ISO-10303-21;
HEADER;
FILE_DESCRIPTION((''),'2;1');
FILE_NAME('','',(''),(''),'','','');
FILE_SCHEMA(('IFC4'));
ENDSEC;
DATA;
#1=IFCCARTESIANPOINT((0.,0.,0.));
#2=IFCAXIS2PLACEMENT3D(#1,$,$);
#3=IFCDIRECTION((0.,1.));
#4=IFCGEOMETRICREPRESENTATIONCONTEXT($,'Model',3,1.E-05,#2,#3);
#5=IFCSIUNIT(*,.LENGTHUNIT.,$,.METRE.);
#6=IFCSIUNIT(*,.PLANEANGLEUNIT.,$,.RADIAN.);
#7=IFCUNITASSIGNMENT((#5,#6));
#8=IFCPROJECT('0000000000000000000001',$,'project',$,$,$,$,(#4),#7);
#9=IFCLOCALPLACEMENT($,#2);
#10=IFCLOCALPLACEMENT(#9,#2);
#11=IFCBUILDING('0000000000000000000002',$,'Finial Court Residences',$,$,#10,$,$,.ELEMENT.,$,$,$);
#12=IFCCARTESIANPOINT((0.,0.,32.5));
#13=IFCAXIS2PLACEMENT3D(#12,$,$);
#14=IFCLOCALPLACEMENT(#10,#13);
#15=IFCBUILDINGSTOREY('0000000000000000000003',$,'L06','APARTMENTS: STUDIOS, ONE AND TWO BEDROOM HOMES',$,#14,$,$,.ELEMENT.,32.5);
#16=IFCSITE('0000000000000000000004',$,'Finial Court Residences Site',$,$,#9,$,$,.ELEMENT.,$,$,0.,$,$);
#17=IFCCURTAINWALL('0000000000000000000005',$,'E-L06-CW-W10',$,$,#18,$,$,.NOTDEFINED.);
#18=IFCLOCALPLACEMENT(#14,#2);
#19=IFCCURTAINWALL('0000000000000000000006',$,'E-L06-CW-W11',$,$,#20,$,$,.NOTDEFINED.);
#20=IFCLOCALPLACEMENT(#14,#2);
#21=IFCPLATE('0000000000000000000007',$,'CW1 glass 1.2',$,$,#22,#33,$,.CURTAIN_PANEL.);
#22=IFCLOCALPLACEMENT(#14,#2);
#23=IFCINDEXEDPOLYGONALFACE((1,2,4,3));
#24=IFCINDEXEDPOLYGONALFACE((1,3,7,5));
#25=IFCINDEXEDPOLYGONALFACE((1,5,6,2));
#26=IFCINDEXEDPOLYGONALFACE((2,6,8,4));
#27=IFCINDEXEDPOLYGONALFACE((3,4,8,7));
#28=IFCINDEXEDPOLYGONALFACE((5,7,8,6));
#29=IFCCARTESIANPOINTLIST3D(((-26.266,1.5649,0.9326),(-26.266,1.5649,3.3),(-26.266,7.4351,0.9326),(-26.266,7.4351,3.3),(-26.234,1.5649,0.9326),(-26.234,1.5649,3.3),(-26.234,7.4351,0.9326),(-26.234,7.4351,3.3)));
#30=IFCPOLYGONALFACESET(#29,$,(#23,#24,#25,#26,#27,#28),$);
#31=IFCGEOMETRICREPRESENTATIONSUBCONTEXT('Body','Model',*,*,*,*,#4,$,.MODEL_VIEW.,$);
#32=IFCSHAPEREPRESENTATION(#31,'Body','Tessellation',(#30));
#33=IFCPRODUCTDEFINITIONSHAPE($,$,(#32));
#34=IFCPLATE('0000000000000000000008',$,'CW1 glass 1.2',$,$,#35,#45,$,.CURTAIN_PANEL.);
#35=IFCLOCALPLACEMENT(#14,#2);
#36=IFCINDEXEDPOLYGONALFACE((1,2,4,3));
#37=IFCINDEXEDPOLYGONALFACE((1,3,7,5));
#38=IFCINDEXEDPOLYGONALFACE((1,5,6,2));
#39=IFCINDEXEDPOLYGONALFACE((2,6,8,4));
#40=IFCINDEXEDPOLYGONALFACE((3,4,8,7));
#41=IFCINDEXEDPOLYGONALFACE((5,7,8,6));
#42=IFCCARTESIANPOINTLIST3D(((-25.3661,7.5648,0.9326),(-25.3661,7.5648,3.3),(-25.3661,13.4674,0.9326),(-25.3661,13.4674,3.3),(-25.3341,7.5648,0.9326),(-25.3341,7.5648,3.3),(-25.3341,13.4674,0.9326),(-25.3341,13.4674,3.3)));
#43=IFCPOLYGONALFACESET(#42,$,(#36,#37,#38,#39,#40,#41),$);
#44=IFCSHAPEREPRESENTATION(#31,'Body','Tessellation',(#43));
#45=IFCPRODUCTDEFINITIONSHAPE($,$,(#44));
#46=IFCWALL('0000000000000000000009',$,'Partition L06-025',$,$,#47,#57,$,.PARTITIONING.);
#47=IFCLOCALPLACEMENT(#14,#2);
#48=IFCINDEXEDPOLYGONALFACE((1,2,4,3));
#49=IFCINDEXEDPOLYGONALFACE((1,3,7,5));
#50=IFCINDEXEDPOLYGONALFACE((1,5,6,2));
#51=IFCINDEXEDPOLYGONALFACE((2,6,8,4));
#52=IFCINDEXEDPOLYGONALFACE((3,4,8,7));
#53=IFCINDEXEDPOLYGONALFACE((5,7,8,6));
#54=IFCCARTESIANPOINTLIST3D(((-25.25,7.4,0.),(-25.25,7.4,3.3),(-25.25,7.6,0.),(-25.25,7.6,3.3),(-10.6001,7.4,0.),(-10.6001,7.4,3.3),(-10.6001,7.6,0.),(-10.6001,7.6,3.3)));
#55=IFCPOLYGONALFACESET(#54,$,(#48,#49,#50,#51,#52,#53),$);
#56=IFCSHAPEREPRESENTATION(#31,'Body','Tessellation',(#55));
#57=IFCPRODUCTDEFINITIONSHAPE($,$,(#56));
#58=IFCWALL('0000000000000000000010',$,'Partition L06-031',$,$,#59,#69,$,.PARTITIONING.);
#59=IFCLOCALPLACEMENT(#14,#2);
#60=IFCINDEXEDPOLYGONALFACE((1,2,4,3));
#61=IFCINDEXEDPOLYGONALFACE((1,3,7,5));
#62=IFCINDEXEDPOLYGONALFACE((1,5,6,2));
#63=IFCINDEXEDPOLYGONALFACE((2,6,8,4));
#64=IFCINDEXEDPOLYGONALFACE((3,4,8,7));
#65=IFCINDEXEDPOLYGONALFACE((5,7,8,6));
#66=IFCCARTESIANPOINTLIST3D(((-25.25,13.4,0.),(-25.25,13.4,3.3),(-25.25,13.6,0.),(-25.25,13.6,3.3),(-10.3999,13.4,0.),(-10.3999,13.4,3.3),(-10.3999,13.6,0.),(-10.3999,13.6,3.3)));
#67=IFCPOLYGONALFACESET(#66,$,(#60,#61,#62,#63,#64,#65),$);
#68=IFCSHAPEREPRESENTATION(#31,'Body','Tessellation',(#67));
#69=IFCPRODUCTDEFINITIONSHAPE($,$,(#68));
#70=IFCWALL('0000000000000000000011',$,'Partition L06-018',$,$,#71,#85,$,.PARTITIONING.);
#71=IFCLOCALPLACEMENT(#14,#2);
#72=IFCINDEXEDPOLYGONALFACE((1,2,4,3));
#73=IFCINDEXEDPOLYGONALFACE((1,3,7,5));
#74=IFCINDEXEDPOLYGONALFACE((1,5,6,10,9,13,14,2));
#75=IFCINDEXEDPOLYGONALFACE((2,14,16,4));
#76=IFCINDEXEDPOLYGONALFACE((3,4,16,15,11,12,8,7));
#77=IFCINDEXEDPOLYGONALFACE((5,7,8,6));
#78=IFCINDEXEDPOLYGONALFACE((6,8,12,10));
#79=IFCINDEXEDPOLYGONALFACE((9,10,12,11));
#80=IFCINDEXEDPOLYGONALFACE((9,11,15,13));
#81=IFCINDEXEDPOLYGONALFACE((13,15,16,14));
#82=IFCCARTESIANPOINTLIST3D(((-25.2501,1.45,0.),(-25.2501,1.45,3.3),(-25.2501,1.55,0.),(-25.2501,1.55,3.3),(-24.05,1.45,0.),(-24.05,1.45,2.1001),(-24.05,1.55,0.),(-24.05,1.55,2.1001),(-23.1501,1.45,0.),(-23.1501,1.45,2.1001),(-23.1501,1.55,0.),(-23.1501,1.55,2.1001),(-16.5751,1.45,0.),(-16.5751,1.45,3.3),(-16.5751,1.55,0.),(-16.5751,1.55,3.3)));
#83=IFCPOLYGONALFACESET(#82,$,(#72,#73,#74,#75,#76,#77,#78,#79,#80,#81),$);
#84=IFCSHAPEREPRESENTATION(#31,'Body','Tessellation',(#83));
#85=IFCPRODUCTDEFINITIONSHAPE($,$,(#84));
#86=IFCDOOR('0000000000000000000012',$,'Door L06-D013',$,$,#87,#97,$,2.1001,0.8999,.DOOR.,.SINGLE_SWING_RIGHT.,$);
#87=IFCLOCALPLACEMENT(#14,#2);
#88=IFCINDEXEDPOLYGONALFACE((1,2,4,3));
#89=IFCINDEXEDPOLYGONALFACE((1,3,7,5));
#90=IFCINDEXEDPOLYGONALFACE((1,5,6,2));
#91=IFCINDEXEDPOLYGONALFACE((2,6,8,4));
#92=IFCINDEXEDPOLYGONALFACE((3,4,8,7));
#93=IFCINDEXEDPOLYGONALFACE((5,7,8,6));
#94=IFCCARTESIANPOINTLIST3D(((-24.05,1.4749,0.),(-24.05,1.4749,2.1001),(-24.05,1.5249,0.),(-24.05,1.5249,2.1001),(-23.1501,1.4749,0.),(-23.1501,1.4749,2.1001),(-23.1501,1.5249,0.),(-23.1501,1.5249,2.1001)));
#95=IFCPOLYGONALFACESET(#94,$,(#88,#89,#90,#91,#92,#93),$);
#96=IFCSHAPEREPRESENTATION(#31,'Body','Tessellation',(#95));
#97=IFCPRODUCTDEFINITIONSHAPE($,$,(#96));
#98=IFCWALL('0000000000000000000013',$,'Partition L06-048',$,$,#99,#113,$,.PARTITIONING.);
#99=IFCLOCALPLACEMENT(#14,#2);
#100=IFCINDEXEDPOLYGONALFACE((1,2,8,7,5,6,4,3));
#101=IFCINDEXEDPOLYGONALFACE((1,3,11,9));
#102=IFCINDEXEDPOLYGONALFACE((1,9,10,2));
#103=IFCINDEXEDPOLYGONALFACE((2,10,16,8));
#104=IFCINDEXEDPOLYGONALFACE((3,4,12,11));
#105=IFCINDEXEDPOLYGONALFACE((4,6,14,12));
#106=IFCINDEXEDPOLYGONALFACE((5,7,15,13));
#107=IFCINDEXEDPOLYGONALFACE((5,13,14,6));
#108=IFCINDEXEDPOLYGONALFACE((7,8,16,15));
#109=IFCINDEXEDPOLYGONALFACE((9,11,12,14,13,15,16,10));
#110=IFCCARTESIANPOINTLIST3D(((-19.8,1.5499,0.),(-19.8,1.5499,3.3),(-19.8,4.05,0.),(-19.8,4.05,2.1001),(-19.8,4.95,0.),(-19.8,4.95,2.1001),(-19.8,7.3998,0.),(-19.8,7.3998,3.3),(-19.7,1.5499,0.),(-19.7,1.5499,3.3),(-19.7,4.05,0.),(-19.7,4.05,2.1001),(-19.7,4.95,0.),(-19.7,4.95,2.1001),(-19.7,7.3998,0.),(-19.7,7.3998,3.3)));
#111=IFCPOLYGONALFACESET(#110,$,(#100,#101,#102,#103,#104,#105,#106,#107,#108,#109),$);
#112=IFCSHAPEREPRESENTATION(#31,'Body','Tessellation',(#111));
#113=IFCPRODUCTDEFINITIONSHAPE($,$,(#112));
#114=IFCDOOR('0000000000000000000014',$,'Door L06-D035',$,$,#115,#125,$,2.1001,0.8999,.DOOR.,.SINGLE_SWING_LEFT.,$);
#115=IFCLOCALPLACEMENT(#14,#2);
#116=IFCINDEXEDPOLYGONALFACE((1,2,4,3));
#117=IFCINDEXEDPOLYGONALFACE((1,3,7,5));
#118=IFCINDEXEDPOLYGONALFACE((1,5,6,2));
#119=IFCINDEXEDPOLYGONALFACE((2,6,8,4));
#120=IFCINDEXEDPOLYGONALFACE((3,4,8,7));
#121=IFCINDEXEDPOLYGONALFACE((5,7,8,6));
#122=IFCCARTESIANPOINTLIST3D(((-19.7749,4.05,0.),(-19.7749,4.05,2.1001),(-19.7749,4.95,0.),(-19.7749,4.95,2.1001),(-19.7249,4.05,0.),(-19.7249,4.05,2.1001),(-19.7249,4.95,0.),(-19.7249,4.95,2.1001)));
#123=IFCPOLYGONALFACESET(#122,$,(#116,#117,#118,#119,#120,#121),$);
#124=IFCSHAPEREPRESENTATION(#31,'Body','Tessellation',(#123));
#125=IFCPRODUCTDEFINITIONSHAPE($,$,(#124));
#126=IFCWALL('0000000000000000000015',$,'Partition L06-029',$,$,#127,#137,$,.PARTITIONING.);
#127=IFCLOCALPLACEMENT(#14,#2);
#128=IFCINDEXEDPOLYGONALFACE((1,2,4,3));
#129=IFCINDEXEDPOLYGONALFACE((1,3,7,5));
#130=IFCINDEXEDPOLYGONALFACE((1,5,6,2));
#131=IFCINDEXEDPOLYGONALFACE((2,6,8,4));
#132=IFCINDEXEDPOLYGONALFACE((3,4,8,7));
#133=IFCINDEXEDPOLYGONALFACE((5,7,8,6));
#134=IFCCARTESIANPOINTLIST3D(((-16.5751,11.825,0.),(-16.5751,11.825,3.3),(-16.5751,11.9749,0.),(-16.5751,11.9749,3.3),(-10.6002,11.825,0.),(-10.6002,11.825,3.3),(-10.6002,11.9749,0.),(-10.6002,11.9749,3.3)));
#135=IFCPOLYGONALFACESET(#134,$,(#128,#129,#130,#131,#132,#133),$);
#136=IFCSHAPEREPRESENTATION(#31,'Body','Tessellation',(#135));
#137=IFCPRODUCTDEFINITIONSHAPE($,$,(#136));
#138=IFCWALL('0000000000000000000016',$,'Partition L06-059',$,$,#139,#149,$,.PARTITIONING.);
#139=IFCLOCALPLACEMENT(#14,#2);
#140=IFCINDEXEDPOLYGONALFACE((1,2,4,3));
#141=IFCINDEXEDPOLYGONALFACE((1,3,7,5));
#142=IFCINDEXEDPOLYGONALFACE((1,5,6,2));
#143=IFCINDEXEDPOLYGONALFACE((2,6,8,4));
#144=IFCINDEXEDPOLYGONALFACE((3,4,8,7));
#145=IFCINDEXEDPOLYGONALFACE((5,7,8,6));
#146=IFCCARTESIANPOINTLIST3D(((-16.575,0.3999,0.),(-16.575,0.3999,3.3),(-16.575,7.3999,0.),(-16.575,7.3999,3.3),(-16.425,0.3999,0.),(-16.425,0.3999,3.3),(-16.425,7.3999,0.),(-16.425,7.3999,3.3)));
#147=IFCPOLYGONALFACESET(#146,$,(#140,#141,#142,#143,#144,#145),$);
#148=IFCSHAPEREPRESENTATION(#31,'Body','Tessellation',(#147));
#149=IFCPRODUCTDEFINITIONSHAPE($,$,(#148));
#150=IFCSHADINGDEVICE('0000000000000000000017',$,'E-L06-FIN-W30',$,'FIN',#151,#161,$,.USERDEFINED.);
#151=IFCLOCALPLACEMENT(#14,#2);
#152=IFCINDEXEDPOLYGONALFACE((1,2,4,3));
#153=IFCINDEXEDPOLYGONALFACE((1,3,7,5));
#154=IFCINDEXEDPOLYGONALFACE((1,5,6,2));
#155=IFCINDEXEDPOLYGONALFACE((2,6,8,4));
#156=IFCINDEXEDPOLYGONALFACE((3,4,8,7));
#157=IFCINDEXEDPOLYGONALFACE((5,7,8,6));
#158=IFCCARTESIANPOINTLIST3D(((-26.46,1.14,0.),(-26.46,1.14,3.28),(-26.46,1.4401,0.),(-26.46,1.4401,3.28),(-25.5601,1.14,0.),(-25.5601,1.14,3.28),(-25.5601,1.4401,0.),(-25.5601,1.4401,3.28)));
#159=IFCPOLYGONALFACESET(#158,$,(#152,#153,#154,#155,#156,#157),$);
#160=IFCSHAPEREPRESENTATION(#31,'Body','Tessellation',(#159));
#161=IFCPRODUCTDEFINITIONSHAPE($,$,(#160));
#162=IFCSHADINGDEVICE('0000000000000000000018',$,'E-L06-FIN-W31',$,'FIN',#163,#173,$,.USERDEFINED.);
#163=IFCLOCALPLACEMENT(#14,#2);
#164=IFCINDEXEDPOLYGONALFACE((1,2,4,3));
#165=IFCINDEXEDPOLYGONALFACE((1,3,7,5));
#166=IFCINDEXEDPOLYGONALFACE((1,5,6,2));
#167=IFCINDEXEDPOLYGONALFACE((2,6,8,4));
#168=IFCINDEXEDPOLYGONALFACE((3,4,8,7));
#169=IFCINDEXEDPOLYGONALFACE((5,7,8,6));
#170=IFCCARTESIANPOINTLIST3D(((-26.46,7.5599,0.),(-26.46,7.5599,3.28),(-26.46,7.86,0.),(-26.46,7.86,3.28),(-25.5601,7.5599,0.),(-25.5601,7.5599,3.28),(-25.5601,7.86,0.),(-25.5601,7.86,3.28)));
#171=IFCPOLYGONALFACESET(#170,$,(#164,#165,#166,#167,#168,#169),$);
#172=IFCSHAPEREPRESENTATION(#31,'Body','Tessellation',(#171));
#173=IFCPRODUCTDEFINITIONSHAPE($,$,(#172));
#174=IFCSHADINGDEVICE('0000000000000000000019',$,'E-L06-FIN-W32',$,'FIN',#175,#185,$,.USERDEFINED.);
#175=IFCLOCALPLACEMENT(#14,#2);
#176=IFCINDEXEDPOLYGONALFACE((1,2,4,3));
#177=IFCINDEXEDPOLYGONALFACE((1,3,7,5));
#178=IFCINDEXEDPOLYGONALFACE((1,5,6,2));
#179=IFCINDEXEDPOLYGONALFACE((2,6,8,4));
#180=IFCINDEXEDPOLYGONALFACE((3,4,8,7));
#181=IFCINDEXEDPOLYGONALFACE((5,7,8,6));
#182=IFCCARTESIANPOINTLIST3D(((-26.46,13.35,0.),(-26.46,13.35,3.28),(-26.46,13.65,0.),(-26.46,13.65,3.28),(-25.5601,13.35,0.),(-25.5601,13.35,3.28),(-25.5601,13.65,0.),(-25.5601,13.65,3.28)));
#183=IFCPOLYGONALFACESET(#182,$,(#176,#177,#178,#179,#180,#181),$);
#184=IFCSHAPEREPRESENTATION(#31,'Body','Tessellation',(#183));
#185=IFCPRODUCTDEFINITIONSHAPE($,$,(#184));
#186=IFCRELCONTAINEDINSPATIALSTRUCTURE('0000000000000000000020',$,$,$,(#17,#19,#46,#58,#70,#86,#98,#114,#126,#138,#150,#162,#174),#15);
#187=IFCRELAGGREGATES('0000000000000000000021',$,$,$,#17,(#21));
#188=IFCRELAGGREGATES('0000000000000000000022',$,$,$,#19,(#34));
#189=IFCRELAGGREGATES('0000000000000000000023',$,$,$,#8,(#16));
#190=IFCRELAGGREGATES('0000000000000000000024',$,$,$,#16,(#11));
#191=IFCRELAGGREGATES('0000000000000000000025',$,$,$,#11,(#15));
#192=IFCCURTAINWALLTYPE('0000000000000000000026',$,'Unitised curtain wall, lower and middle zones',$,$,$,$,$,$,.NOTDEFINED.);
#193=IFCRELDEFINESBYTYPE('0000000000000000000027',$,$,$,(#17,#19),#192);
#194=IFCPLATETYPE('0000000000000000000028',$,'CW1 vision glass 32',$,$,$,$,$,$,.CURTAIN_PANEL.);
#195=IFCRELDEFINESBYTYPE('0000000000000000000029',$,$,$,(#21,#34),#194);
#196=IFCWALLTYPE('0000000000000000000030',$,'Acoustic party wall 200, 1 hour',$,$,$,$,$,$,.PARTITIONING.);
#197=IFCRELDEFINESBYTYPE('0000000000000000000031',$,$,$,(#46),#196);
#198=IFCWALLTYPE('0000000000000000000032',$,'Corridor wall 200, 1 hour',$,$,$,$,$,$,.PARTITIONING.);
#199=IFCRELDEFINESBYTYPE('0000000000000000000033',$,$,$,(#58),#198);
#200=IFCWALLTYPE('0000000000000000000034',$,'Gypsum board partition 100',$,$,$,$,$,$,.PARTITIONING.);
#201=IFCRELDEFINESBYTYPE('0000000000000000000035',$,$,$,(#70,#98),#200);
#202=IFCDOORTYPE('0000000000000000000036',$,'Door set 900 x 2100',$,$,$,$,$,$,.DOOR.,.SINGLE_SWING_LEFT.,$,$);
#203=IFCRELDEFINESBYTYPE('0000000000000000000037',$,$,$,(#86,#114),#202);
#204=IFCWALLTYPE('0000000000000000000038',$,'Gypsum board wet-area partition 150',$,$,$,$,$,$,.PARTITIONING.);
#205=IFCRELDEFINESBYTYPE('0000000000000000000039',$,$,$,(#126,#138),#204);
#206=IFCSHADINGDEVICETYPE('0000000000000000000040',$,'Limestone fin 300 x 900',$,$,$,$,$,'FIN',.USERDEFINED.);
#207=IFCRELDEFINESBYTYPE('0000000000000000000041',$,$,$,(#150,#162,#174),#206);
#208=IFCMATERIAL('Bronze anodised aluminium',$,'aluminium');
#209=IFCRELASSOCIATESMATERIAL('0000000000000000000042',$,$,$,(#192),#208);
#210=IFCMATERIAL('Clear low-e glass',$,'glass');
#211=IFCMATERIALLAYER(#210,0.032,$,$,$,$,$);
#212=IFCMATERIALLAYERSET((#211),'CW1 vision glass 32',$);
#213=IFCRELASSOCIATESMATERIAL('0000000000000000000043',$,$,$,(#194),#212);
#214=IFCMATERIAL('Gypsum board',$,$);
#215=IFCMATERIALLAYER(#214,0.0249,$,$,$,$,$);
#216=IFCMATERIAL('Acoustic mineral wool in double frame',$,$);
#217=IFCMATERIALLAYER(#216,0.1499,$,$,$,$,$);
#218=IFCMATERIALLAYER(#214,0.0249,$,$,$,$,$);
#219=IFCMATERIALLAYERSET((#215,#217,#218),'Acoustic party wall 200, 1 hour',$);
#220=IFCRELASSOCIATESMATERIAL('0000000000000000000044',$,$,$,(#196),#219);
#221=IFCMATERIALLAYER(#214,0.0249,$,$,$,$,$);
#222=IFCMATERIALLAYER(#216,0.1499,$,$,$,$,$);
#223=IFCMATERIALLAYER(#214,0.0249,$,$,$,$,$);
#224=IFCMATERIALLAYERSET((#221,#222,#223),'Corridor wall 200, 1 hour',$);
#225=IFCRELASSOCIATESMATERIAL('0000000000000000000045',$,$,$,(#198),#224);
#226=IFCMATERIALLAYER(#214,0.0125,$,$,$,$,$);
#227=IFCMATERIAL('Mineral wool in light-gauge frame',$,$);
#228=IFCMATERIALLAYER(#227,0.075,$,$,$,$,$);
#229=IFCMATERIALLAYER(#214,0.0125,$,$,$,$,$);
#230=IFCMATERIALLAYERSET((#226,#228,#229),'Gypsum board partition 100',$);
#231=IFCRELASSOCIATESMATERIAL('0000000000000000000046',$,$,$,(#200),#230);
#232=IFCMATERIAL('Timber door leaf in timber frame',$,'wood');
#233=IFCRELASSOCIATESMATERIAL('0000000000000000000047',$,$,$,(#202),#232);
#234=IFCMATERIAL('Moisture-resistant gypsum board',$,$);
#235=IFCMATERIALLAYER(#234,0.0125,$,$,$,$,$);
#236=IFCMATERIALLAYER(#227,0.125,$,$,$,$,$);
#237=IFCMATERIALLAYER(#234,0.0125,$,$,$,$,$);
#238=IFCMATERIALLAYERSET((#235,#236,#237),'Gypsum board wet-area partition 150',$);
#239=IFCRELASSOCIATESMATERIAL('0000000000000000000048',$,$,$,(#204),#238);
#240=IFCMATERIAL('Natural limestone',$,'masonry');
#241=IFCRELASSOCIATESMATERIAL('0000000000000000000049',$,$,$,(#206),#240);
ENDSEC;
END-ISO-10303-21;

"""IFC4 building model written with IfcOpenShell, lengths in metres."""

from ifc_helpers import new_model, si_unit, direction, frame, frame_2d, origin, origin_2d, place, context, subcontext, project, spatial, rectangle, extrude, material, layer, layer_set, type_object, element, fill, aggregate, save


model = new_model("IFC4")

# Units and contexts
model_context = context("Model", 3, precision=1e-05, world=origin(), true_north=direction((0.0, 1.0)))
body_context = subcontext(model_context, "Body", "Model", "MODEL_VIEW")
ifc_project = project(units=[si_unit("LENGTHUNIT", "METRE"), si_unit("PLANEANGLEUNIT", "RADIAN")], contexts=[model_context])

# Site, building, storey
site_placement = place(None, origin())
site = spatial("IfcSite", under=ifc_project, at=site_placement, Name="Finial Court Residences Site", CompositionType="ELEMENT", RefElevation=0.0)
building_placement = place(site_placement, origin())
building = spatial("IfcBuilding", under=site, at=building_placement, Name="Finial Court Residences", CompositionType="ELEMENT")
storey_placement = place(building_placement, frame((0.0, 0.0, 32.5)))
storey = spatial("IfcBuildingStorey", under=building, at=storey_placement, Name="L06", Description="APARTMENTS: STUDIOS, ONE AND TWO BEDROOM HOMES", CompositionType="ELEMENT", Elevation=32.5)

# Shared definitions
ifc_material_1 = material(Name="Bronze anodised aluminium", Category="aluminium")
curtain_wall_type = type_object("IfcCurtainWallType", Name="Unitised curtain wall, lower and middle zones", PredefinedType="NOTDEFINED", material=ifc_material_1)

# Curtain walls
curtain_wall_1_placement = place(storey_placement, origin())
curtain_wall_1 = element("IfcCurtainWall", 1, at=curtain_wall_1_placement, inside=storey, type_object=curtain_wall_type, Name="E-L06-CW-W10", PredefinedType="NOTDEFINED")
curtain_wall_2_placement = place(storey_placement, origin())
curtain_wall_2 = element("IfcCurtainWall", 2, at=curtain_wall_2_placement, inside=storey, type_object=curtain_wall_type, Name="E-L06-CW-W11", PredefinedType="NOTDEFINED")

# Plates
ifc_material_2 = material(Name="Clear low-e glass", Category="glass")
ifc_layer_1 = layer(ifc_material_2, 0.032)
ifc_layer_set_1 = layer_set([ifc_layer_1], Name="CW1 vision glass 32")
plate_type_1 = type_object("IfcPlateType", Name="CW1 vision glass 32", PredefinedType="CURTAIN_PANEL", material=ifc_layer_set_1)
plate_1_placement = place(storey_placement, frame((-26.25, 4.5, 0.9326), z_axis=(0.0, 0.0, 1.0), x_axis=(0.0, 1.0, 0.0)))
plate_1 = element("IfcPlate", 3, at=plate_1_placement, type_object=plate_type_1, Name="CW1 glass 1.2", PredefinedType="CURTAIN_PANEL", context=body_context, shape_type="SweptSolid", body=[
    extrude(rectangle(XDim=5.8701, YDim=0.032, at=origin_2d()), origin(), (0.0, 0.0, 1.0), 2.3674),
])
aggregate(curtain_wall_1, [plate_1])
plate_2_placement = place(storey_placement, frame((-25.3501, 10.5161, 0.9326), z_axis=(0.0, 0.0, 1.0), x_axis=(0.0, 1.0, 0.0)))
plate_2 = element("IfcPlate", 4, at=plate_2_placement, type_object=plate_type_1, Name="CW1 glass 1.2", PredefinedType="CURTAIN_PANEL", context=body_context, shape_type="SweptSolid", body=[
    extrude(rectangle(XDim=5.9026, YDim=0.032, at=origin_2d()), origin(), (0.0, 0.0, 1.0), 2.3674),
])
aggregate(curtain_wall_2, [plate_2])

# Walls
ifc_material_3 = material(Name="Gypsum board")
ifc_layer_2 = layer(ifc_material_3, 0.0249)
ifc_material_4 = material(Name="Acoustic mineral wool in double frame")
ifc_layer_3 = layer(ifc_material_4, 0.1499)
ifc_layer_4 = layer(ifc_material_3, 0.0249)
ifc_layer_set_2 = layer_set([ifc_layer_2, ifc_layer_3, ifc_layer_4], Name="Acoustic party wall 200, 1 hour")
wall_type_1 = type_object("IfcWallType", Name="Acoustic party wall 200, 1 hour", PredefinedType="PARTITIONING", material=ifc_layer_set_2)
wall_1_placement = place(storey_placement, frame((-25.25, 7.5, 0.0), z_axis=(0.0, 0.0, 1.0), x_axis=(1.0, 0.0, 0.0)))
element("IfcWall", 5, at=wall_1_placement, inside=storey, type_object=wall_type_1, Name="Partition L06-025", PredefinedType="PARTITIONING", context=body_context, shape_type="SweptSolid", body=[
    extrude(rectangle(XDim=14.6499, YDim=0.2, at=frame_2d((7.325, 0.0))), origin(), (0.0, 0.0, 1.0), 3.3),
])
ifc_layer_5 = layer(ifc_material_3, 0.0249)
ifc_layer_6 = layer(ifc_material_4, 0.1499)
ifc_layer_7 = layer(ifc_material_3, 0.0249)
ifc_layer_set_3 = layer_set([ifc_layer_5, ifc_layer_6, ifc_layer_7], Name="Corridor wall 200, 1 hour")
wall_type_2 = type_object("IfcWallType", Name="Corridor wall 200, 1 hour", PredefinedType="PARTITIONING", material=ifc_layer_set_3)
wall_2_placement = place(storey_placement, frame((-25.25, 13.5, 0.0), z_axis=(0.0, 0.0, 1.0), x_axis=(1.0, 0.0, 0.0)))
element("IfcWall", 6, at=wall_2_placement, inside=storey, type_object=wall_type_2, Name="Partition L06-031", PredefinedType="PARTITIONING", context=body_context, shape_type="SweptSolid", body=[
    extrude(rectangle(XDim=14.8501, YDim=0.2, at=frame_2d((7.425, 0.0))), origin(), (0.0, 0.0, 1.0), 3.3),
])

# Walls, openings, doors
ifc_layer_8 = layer(ifc_material_3, 0.0125)
ifc_material_5 = material(Name="Mineral wool in light-gauge frame")
ifc_layer_9 = layer(ifc_material_5, 0.075)
ifc_layer_10 = layer(ifc_material_3, 0.0125)
ifc_layer_set_4 = layer_set([ifc_layer_8, ifc_layer_9, ifc_layer_10], Name="Gypsum board partition 100")
wall_type_3 = type_object("IfcWallType", Name="Gypsum board partition 100", PredefinedType="PARTITIONING", material=ifc_layer_set_4)
wall_3_placement = place(storey_placement, frame((-25.25, 1.5, 0.0), z_axis=(0.0, 0.0, 1.0), x_axis=(1.0, 0.0, 0.0)))
wall_3 = element("IfcWall", 7, at=wall_3_placement, inside=storey, type_object=wall_type_3, Name="Partition L06-018", PredefinedType="PARTITIONING", context=body_context, shape_type="SweptSolid", body=[
    extrude(rectangle(XDim=8.675, YDim=0.1001, at=frame_2d((4.3374, 0.0))), origin(), (0.0, 0.0, 1.0), 3.3),
])
opening_1_placement = place(wall_3_placement, frame((1.2, 0.0, 0.0)))
opening_1 = element("IfcOpeningElement", 8, at=opening_1_placement, cuts=wall_3, PredefinedType="OPENING", context=body_context, shape_type="SweptSolid", body=[
    extrude(rectangle(XDim=0.8999, YDim=2.1001, at=frame_2d((0.45, 1.05))), frame((0.0, 0.0601, 0.0), z_axis=(0.0, -1.0, 0.0), x_axis=(1.0, 0.0, 0.0)), (0.0, 0.0, 1.0), 0.1201),
])
ifc_material_6 = material(Name="Timber door leaf in timber frame", Category="wood")
door_type = type_object("IfcDoorType", Name="Door set 900 x 2100", OperationType="SINGLE_SWING_LEFT", PredefinedType="DOOR", material=ifc_material_6)
door_1_placement = place(opening_1_placement, origin())
door_1 = element("IfcDoor", 9, at=door_1_placement, inside=storey, type_object=door_type, Name="Door L06-D013", OperationType="SINGLE_SWING_RIGHT", OverallHeight=2.1001, OverallWidth=0.8999, PredefinedType="DOOR", context=body_context, shape_type="SweptSolid", body=[
    extrude(rectangle(XDim=0.8999, YDim=2.1001, at=frame_2d((0.45, 1.05))), frame((0.0, 0.0249, 0.0), z_axis=(0.0, -1.0, 0.0), x_axis=(1.0, 0.0, 0.0)), (0.0, 0.0, 1.0), 0.05),
])
fill(opening_1, door_1)
wall_4_placement = place(storey_placement, frame((-19.75, 1.55, 0.0), z_axis=(0.0, 0.0, 1.0), x_axis=(0.0, 1.0, 0.0)))
wall_4 = element("IfcWall", 10, at=wall_4_placement, inside=storey, type_object=wall_type_3, Name="Partition L06-048", PredefinedType="PARTITIONING", context=body_context, shape_type="SweptSolid", body=[
    extrude(rectangle(XDim=5.8499, YDim=0.1001, at=frame_2d((2.9248, 0.0))), origin(), (0.0, 0.0, 1.0), 3.3),
])
opening_2_placement = place(wall_4_placement, frame((2.5, 0.0, 0.0)))
opening_2 = element("IfcOpeningElement", 11, at=opening_2_placement, cuts=wall_4, PredefinedType="OPENING", context=body_context, shape_type="SweptSolid", body=[
    extrude(rectangle(XDim=0.8999, YDim=2.1001, at=frame_2d((0.45, 1.05))), frame((0.0, 0.0601, 0.0), z_axis=(0.0, -1.0, 0.0), x_axis=(1.0, 0.0, 0.0)), (0.0, 0.0, 1.0), 0.1201),
])
door_2_placement = place(opening_2_placement, origin())
door_2 = element("IfcDoor", 12, at=door_2_placement, inside=storey, type_object=door_type, Name="Door L06-D035", OperationType="SINGLE_SWING_LEFT", OverallHeight=2.1001, OverallWidth=0.8999, PredefinedType="DOOR", context=body_context, shape_type="SweptSolid", body=[
    extrude(rectangle(XDim=0.8999, YDim=2.1001, at=frame_2d((0.45, 1.05))), frame((0.0, 0.0249, 0.0), z_axis=(0.0, -1.0, 0.0), x_axis=(1.0, 0.0, 0.0)), (0.0, 0.0, 1.0), 0.05),
])
fill(opening_2, door_2)

# Walls
ifc_material_7 = material(Name="Moisture-resistant gypsum board")
ifc_layer_11 = layer(ifc_material_7, 0.0125)
ifc_layer_12 = layer(ifc_material_5, 0.125)
ifc_layer_13 = layer(ifc_material_7, 0.0125)
ifc_layer_set_5 = layer_set([ifc_layer_11, ifc_layer_12, ifc_layer_13], Name="Gypsum board wet-area partition 150")
wall_type_4 = type_object("IfcWallType", Name="Gypsum board wet-area partition 150", PredefinedType="PARTITIONING", material=ifc_layer_set_5)
wall_5_placement = place(storey_placement, frame((-16.575, 11.8999, 0.0), z_axis=(0.0, 0.0, 1.0), x_axis=(1.0, 0.0, 0.0)))
element("IfcWall", 13, at=wall_5_placement, inside=storey, type_object=wall_type_4, Name="Partition L06-029", PredefinedType="PARTITIONING", context=body_context, shape_type="SweptSolid", body=[
    extrude(rectangle(XDim=5.9749, YDim=0.1499, at=frame_2d((2.9873, 0.0))), origin(), (0.0, 0.0, 1.0), 3.3),
])
wall_6_placement = place(storey_placement, frame((-16.5, 0.3999, 0.0), z_axis=(0.0, 0.0, 1.0), x_axis=(0.0, 1.0, 0.0)))
element("IfcWall", 14, at=wall_6_placement, inside=storey, type_object=wall_type_4, Name="Partition L06-059", PredefinedType="PARTITIONING", context=body_context, shape_type="SweptSolid", body=[
    extrude(rectangle(XDim=7.0, YDim=0.1499, at=frame_2d((3.5, 0.0))), origin(), (0.0, 0.0, 1.0), 3.3),
])

# Shading devices
ifc_material_8 = material(Name="Natural limestone", Category="masonry")
shading_device_type = type_object("IfcShadingDeviceType", Name="Limestone fin 300 x 900", ElementType="FIN", PredefinedType="USERDEFINED", material=ifc_material_8)
for number, where, z_axis, x_axis, name in (
    (15, (-26.01, 1.29, 0.0), (0.0, 0.0, 1.0), (1.0, 0.0, 0.0), "E-L06-FIN-W30"),
    (16, (-26.01, 7.71, 0.0), (0.0, 0.0, 1.0), (1.0, 0.0, 0.0), "E-L06-FIN-W31"),
    (17, (-26.01, 13.5, 0.0), (0.0, 0.0, 1.0), (1.0, 0.0, 0.0), "E-L06-FIN-W32"),
):
    element("IfcShadingDevice", number, at=place(storey_placement, frame(where, z_axis=z_axis, x_axis=x_axis)), inside=storey, type_object=shading_device_type, Name=name, ObjectType="FIN", PredefinedType="USERDEFINED", context=body_context, shape_type="SweptSolid", body=[
        extrude(rectangle(XDim=0.8999, YDim=0.3, at=origin_2d()), origin(), (0.0, 0.0, 1.0), 3.28),
    ])

save(model, "model.ifc")
